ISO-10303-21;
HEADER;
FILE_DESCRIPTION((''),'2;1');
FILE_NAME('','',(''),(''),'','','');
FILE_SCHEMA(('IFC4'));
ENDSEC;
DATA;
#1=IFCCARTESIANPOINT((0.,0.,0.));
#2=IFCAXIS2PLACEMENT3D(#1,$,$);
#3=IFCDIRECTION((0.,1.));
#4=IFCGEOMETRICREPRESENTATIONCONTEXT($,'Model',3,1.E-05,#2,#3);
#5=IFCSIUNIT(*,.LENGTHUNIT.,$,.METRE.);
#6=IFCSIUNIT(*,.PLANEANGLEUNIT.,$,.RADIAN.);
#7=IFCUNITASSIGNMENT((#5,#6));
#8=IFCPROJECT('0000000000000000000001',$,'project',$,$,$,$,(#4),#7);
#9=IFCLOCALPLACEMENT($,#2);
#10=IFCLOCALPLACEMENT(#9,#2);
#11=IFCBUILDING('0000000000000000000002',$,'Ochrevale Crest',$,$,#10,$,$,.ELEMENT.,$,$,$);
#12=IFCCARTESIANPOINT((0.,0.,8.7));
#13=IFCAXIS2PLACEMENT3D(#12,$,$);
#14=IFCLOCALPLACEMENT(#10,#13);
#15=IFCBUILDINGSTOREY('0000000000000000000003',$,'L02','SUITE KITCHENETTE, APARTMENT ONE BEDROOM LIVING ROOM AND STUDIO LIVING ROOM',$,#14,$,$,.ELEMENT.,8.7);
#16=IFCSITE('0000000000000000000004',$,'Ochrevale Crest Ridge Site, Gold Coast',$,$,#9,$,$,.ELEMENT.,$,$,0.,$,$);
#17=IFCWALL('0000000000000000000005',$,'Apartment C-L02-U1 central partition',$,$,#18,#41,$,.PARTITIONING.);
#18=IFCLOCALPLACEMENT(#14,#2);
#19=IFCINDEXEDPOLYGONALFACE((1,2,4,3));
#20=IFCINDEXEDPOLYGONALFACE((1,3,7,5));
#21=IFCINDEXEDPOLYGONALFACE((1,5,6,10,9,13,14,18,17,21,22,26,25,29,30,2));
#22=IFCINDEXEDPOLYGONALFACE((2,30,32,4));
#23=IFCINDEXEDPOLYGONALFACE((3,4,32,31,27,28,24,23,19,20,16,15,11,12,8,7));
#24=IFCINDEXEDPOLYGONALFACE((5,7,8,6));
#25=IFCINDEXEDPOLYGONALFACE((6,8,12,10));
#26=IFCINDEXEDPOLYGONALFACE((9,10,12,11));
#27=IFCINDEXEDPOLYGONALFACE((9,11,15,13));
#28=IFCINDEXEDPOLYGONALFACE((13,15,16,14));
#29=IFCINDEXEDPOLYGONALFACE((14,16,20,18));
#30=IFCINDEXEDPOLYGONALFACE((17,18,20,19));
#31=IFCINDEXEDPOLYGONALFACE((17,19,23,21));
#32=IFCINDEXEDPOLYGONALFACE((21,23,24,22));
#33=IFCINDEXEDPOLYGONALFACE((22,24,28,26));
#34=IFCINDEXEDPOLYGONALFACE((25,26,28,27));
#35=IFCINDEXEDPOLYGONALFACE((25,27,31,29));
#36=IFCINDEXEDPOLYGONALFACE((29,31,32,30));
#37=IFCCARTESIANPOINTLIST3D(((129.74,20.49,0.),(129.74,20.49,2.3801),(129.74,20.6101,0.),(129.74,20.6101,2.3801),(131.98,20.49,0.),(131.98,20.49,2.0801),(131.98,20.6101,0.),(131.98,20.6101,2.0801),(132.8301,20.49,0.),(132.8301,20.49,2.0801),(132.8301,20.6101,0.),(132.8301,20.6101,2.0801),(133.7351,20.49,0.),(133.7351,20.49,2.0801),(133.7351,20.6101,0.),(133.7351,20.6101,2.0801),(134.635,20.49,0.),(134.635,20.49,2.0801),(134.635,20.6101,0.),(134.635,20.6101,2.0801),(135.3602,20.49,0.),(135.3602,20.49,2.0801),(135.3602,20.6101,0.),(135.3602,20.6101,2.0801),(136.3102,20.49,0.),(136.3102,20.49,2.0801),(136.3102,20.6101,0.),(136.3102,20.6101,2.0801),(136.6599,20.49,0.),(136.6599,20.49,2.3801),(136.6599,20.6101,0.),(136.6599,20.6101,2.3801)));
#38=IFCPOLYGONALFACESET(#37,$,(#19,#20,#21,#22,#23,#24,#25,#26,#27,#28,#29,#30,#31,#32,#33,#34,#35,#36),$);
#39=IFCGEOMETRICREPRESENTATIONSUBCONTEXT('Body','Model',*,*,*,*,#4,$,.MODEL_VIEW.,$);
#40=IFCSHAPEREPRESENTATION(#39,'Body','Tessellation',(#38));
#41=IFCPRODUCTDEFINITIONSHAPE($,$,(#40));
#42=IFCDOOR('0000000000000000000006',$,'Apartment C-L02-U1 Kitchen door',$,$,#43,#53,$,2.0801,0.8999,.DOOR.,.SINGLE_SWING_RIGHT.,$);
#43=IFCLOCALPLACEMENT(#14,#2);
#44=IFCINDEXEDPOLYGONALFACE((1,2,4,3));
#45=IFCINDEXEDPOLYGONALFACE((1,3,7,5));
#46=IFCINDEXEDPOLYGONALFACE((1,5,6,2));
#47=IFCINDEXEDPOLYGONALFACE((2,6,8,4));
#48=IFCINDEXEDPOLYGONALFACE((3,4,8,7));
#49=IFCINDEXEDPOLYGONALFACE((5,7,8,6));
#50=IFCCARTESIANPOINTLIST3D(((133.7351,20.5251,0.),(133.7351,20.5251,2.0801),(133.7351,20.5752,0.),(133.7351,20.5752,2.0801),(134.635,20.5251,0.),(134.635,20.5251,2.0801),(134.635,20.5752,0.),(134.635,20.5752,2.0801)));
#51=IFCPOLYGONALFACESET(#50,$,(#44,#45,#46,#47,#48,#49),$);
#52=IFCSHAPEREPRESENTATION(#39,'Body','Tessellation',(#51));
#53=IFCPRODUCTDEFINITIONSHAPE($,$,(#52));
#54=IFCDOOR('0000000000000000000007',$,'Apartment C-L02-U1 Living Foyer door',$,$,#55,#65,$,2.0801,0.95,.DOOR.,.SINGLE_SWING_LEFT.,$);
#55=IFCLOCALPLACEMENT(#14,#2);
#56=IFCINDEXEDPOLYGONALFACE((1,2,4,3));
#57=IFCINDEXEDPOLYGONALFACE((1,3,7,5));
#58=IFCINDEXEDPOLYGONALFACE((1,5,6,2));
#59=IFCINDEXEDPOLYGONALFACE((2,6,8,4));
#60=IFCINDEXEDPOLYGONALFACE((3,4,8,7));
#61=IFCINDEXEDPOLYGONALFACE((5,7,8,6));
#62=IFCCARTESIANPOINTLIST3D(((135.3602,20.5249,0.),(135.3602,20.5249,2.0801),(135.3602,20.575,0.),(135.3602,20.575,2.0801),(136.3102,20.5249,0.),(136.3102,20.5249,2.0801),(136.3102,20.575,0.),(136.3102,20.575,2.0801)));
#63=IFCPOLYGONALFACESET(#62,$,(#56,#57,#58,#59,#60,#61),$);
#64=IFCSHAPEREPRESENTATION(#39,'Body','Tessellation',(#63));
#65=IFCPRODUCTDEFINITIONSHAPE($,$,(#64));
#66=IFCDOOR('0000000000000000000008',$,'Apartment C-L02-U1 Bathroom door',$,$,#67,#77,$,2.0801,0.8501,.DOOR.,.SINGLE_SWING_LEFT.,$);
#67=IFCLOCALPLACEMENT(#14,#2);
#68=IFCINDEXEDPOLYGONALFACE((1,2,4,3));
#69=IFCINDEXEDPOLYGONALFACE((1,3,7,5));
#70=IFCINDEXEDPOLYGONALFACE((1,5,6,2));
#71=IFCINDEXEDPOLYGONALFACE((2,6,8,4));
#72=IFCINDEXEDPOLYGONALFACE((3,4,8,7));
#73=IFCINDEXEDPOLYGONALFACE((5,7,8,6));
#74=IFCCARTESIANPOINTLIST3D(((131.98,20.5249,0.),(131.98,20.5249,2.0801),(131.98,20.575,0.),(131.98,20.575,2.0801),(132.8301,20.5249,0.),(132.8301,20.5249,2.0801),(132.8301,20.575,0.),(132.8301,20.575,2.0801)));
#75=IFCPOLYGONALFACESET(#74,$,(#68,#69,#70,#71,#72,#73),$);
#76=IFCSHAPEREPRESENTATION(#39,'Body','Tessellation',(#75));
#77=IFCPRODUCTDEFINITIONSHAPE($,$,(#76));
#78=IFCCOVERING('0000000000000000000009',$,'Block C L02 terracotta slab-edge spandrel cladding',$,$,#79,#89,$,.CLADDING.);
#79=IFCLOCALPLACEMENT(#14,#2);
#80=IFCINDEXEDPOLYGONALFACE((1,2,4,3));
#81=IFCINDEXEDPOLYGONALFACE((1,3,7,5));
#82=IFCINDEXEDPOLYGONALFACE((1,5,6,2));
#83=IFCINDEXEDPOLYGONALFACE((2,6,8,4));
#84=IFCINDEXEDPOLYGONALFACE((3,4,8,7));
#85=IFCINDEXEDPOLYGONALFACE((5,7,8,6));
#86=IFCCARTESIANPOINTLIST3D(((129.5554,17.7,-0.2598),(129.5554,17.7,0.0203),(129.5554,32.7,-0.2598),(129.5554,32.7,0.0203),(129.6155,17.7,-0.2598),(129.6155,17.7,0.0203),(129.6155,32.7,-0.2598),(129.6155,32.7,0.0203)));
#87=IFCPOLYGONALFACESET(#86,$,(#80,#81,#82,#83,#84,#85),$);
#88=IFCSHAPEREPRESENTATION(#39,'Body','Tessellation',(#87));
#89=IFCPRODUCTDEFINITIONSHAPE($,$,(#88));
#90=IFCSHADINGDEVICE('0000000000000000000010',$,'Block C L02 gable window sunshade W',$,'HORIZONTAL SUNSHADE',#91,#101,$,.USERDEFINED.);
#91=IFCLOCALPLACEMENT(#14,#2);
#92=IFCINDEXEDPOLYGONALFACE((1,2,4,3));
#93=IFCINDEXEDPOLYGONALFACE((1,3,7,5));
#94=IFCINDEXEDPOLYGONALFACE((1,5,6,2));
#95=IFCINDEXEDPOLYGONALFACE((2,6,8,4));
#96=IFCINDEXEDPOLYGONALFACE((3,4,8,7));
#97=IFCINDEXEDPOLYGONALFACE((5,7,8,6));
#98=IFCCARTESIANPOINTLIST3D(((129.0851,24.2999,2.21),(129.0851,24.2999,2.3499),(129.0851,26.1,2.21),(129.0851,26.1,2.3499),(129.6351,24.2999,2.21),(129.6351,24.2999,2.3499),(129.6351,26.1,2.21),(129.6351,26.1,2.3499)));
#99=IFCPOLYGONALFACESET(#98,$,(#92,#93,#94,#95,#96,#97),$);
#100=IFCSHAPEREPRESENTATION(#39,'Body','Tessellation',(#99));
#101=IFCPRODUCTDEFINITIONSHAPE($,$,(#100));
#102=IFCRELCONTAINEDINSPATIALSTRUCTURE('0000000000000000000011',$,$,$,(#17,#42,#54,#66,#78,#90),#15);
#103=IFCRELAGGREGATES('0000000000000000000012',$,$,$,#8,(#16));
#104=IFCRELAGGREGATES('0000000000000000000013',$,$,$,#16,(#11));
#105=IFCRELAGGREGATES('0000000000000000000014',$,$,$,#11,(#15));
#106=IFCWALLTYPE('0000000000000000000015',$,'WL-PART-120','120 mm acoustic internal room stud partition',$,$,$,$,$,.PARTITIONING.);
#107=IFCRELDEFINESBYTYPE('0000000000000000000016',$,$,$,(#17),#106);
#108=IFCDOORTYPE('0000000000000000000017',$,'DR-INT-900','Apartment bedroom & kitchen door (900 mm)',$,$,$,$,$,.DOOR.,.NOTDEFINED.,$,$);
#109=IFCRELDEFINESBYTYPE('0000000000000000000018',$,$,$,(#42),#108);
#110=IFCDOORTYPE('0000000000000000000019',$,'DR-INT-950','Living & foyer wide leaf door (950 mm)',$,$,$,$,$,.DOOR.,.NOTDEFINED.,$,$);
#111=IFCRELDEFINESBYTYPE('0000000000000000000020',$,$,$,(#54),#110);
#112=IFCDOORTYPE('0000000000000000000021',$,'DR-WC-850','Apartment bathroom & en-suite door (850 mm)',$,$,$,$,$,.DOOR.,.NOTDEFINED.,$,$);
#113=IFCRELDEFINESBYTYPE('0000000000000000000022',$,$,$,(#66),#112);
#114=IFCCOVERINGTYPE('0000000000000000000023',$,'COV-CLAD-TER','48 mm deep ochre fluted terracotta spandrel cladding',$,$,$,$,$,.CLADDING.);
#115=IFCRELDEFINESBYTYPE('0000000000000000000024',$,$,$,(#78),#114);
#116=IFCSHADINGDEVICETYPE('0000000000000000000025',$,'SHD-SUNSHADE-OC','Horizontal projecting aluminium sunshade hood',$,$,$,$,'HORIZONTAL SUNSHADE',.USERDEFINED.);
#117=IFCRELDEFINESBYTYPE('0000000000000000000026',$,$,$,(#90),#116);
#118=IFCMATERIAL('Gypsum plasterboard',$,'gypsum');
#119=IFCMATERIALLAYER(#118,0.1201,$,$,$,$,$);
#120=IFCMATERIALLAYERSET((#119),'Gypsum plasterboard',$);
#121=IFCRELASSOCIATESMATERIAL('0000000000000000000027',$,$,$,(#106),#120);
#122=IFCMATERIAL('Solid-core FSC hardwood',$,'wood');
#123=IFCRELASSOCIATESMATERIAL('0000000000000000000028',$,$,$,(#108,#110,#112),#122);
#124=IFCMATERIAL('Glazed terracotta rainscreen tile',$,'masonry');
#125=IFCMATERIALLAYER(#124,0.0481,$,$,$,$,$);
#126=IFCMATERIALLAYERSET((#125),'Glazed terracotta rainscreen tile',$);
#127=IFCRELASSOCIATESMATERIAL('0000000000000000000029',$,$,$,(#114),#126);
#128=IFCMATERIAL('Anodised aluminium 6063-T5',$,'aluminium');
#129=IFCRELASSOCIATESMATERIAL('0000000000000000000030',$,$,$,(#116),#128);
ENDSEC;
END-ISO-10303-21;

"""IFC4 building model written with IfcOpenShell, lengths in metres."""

from ifc_helpers import new_model, si_unit, direction, frame, frame_2d, origin, origin_2d, place, context, subcontext, project, spatial, rectangle, extrude, material, layer, layer_set, type_object, element, fill, save


model = new_model("IFC4")

# Units and contexts
model_context = context("Model", 3, precision=1e-05, world=origin(), true_north=direction((0.0, 1.0)))
body_context = subcontext(model_context, "Body", "Model", "MODEL_VIEW")
ifc_project = project(units=[si_unit("LENGTHUNIT", "METRE"), si_unit("PLANEANGLEUNIT", "RADIAN")], contexts=[model_context])

# Site, building, storey
site_placement = place(None, origin())
site = spatial("IfcSite", under=ifc_project, at=site_placement, Name="Ochrevale Crest Ridge Site, Gold Coast", CompositionType="ELEMENT", RefElevation=0.0)
building_placement = place(site_placement, origin())
building = spatial("IfcBuilding", under=site, at=building_placement, Name="Ochrevale Crest", CompositionType="ELEMENT")
storey_placement = place(building_placement, frame((0.0, 0.0, 8.7)))
storey = spatial("IfcBuildingStorey", under=building, at=storey_placement, Name="L02", Description="SUITE KITCHENETTE, APARTMENT ONE BEDROOM LIVING ROOM AND STUDIO LIVING ROOM", CompositionType="ELEMENT", Elevation=8.7)

# Shared definitions
ifc_material_1 = material(Name="Anodised aluminium 6063-T5", Category="aluminium")

# Shared definitions
ifc_material_2 = material(Name="Gypsum plasterboard", Category="gypsum")
ifc_material_3 = material(Name="Solid-core FSC hardwood", Category="wood")

# Wall, openings, doors
ifc_layer_1 = layer(ifc_material_2, 0.1201)
ifc_layer_set_1 = layer_set([ifc_layer_1], Name="Gypsum plasterboard")
wall_type_1 = type_object("IfcWallType", Name="WL-PART-120", Description="120 mm acoustic internal room stud partition", PredefinedType="PARTITIONING", material=ifc_layer_set_1)
wall_1_placement = place(storey_placement, frame((129.74, 20.55, 0.0), z_axis=(0.0, 0.0, 1.0), x_axis=(1.0, 0.0, 0.0)))
wall_1 = element("IfcWall", 1, at=wall_1_placement, inside=storey, type_object=wall_type_1, Name="Apartment C-L02-U1 central partition", PredefinedType="PARTITIONING", context=body_context, shape_type="SweptSolid", body=[
    extrude(rectangle(XDim=6.9199, YDim=0.1201, at=frame_2d((3.46, 0.0))), origin(), (0.0, 0.0, 1.0), 2.3801),
])
opening_1_placement = place(wall_1_placement, frame((2.24, 0.0, 0.0)))
opening_1 = element("IfcOpeningElement", 2, at=opening_1_placement, cuts=wall_1, PredefinedType="OPENING", context=body_context, shape_type="SweptSolid", body=[
    extrude(rectangle(XDim=0.8501, YDim=2.0801, at=frame_2d((0.425, 1.04))), frame((0.0, 0.0701, 0.0), z_axis=(0.0, -1.0, 0.0), x_axis=(1.0, 0.0, 0.0)), (0.0, 0.0, 1.0), 0.1401),
])
opening_2_placement = place(wall_1_placement, frame((4.895, 0.0, 0.0), z_axis=(0.0, 0.0, 1.0), x_axis=(-1.0, 0.0, 0.0)))
opening_2 = element("IfcOpeningElement", 3, at=opening_2_placement, cuts=wall_1, PredefinedType="OPENING", context=body_context, shape_type="SweptSolid", body=[
    extrude(rectangle(XDim=0.8999, YDim=2.0801, at=frame_2d((0.45, 1.04))), frame((0.0, 0.0701, 0.0), z_axis=(0.0, -1.0, 0.0), x_axis=(1.0, 0.0, 0.0)), (0.0, 0.0, 1.0), 0.1401),
])
opening_3_placement = place(wall_1_placement, frame((5.6201, 0.0, 0.0)))
opening_3 = element("IfcOpeningElement", 4, at=opening_3_placement, cuts=wall_1, PredefinedType="OPENING", context=body_context, shape_type="SweptSolid", body=[
    extrude(rectangle(XDim=0.95, YDim=2.0801, at=frame_2d((0.4751, 1.04))), frame((0.0, 0.0701, 0.0), z_axis=(0.0, -1.0, 0.0), x_axis=(1.0, 0.0, 0.0)), (0.0, 0.0, 1.0), 0.1401),
])
door_type_1 = type_object("IfcDoorType", Name="DR-INT-900", Description="Apartment bedroom & kitchen door (900 mm)", OperationType="NOTDEFINED", PredefinedType="DOOR", material=ifc_material_3)
door_1_placement = place(opening_2_placement, origin())
door_1 = element("IfcDoor", 5, at=door_1_placement, inside=storey, type_object=door_type_1, Name="Apartment C-L02-U1 Kitchen door", OperationType="SINGLE_SWING_RIGHT", OverallHeight=2.0801, OverallWidth=0.8999, PredefinedType="DOOR", context=body_context, shape_type="SweptSolid", body=[
    extrude(rectangle(XDim=0.8999, YDim=2.0801, at=frame_2d((0.45, 1.04))), frame((0.0, 0.0249, 0.0), z_axis=(0.0, -1.0, 0.0), x_axis=(1.0, 0.0, 0.0)), (0.0, 0.0, 1.0), 0.05),
])
fill(opening_2, door_1)
door_type_2 = type_object("IfcDoorType", Name="DR-INT-950", Description="Living & foyer wide leaf door (950 mm)", OperationType="NOTDEFINED", PredefinedType="DOOR", material=ifc_material_3)
door_2_placement = place(opening_3_placement, origin())
door_2 = element("IfcDoor", 6, at=door_2_placement, inside=storey, type_object=door_type_2, Name="Apartment C-L02-U1 Living Foyer door", OperationType="SINGLE_SWING_LEFT", OverallHeight=2.0801, OverallWidth=0.95, PredefinedType="DOOR", context=body_context, shape_type="SweptSolid", body=[
    extrude(rectangle(XDim=0.95, YDim=2.0801, at=frame_2d((0.4751, 1.04))), frame((0.0, 0.0249, 0.0), z_axis=(0.0, -1.0, 0.0), x_axis=(1.0, 0.0, 0.0)), (0.0, 0.0, 1.0), 0.05),
])
fill(opening_3, door_2)
door_type_3 = type_object("IfcDoorType", Name="DR-WC-850", Description="Apartment bathroom & en-suite door (850 mm)", OperationType="NOTDEFINED", PredefinedType="DOOR", material=ifc_material_3)
door_3_placement = place(opening_1_placement, origin())
door_3 = element("IfcDoor", 7, at=door_3_placement, inside=storey, type_object=door_type_3, Name="Apartment C-L02-U1 Bathroom door", OperationType="SINGLE_SWING_LEFT", OverallHeight=2.0801, OverallWidth=0.8501, PredefinedType="DOOR", context=body_context, shape_type="SweptSolid", body=[
    extrude(rectangle(XDim=0.8501, YDim=2.0801, at=frame_2d((0.425, 1.04))), frame((0.0, 0.0249, 0.0), z_axis=(0.0, -1.0, 0.0), x_axis=(1.0, 0.0, 0.0)), (0.0, 0.0, 1.0), 0.05),
])
fill(opening_1, door_3)

# Covering
ifc_material_4 = material(Name="Glazed terracotta rainscreen tile", Category="masonry")
ifc_layer_2 = layer(ifc_material_4, 0.0481)
ifc_layer_set_2 = layer_set([ifc_layer_2], Name="Glazed terracotta rainscreen tile")
covering_type = type_object("IfcCoveringType", Name="COV-CLAD-TER", Description="48 mm deep ochre fluted terracotta spandrel cladding", PredefinedType="CLADDING", material=ifc_layer_set_2)
covering_placement = place(storey_placement, frame((129.5854, 25.2, -0.2598), z_axis=(0.0, 0.0, 1.0), x_axis=(0.0, -1.0, 0.0)))
element("IfcCovering", 8, at=covering_placement, inside=storey, type_object=covering_type, Name="Block C L02 terracotta slab-edge spandrel cladding", PredefinedType="CLADDING", context=body_context, shape_type="SweptSolid", body=[
    extrude(rectangle(XDim=15.0, YDim=0.0601, at=origin_2d()), origin(), (0.0, 0.0, 1.0), 0.28),
])

# Shading device
shading_device_type = type_object("IfcShadingDeviceType", Name="SHD-SUNSHADE-OC", Description="Horizontal projecting aluminium sunshade hood", ElementType="HORIZONTAL SUNSHADE", PredefinedType="USERDEFINED", material=ifc_material_1)
shading_device_placement = place(storey_placement, frame((129.3601, 25.2, 2.21), z_axis=(0.0, 0.0, 1.0), x_axis=(1.0, 0.0, 0.0)))
element("IfcShadingDevice", 9, at=shading_device_placement, inside=storey, type_object=shading_device_type, Name="Block C L02 gable window sunshade W", ObjectType="HORIZONTAL SUNSHADE", PredefinedType="USERDEFINED", context=body_context, shape_type="SweptSolid", body=[
    extrude(rectangle(XDim=0.55, YDim=1.8, at=origin_2d()), origin(), (0.0, 0.0, 1.0), 0.1399),
])

save(model, "model.ifc")
